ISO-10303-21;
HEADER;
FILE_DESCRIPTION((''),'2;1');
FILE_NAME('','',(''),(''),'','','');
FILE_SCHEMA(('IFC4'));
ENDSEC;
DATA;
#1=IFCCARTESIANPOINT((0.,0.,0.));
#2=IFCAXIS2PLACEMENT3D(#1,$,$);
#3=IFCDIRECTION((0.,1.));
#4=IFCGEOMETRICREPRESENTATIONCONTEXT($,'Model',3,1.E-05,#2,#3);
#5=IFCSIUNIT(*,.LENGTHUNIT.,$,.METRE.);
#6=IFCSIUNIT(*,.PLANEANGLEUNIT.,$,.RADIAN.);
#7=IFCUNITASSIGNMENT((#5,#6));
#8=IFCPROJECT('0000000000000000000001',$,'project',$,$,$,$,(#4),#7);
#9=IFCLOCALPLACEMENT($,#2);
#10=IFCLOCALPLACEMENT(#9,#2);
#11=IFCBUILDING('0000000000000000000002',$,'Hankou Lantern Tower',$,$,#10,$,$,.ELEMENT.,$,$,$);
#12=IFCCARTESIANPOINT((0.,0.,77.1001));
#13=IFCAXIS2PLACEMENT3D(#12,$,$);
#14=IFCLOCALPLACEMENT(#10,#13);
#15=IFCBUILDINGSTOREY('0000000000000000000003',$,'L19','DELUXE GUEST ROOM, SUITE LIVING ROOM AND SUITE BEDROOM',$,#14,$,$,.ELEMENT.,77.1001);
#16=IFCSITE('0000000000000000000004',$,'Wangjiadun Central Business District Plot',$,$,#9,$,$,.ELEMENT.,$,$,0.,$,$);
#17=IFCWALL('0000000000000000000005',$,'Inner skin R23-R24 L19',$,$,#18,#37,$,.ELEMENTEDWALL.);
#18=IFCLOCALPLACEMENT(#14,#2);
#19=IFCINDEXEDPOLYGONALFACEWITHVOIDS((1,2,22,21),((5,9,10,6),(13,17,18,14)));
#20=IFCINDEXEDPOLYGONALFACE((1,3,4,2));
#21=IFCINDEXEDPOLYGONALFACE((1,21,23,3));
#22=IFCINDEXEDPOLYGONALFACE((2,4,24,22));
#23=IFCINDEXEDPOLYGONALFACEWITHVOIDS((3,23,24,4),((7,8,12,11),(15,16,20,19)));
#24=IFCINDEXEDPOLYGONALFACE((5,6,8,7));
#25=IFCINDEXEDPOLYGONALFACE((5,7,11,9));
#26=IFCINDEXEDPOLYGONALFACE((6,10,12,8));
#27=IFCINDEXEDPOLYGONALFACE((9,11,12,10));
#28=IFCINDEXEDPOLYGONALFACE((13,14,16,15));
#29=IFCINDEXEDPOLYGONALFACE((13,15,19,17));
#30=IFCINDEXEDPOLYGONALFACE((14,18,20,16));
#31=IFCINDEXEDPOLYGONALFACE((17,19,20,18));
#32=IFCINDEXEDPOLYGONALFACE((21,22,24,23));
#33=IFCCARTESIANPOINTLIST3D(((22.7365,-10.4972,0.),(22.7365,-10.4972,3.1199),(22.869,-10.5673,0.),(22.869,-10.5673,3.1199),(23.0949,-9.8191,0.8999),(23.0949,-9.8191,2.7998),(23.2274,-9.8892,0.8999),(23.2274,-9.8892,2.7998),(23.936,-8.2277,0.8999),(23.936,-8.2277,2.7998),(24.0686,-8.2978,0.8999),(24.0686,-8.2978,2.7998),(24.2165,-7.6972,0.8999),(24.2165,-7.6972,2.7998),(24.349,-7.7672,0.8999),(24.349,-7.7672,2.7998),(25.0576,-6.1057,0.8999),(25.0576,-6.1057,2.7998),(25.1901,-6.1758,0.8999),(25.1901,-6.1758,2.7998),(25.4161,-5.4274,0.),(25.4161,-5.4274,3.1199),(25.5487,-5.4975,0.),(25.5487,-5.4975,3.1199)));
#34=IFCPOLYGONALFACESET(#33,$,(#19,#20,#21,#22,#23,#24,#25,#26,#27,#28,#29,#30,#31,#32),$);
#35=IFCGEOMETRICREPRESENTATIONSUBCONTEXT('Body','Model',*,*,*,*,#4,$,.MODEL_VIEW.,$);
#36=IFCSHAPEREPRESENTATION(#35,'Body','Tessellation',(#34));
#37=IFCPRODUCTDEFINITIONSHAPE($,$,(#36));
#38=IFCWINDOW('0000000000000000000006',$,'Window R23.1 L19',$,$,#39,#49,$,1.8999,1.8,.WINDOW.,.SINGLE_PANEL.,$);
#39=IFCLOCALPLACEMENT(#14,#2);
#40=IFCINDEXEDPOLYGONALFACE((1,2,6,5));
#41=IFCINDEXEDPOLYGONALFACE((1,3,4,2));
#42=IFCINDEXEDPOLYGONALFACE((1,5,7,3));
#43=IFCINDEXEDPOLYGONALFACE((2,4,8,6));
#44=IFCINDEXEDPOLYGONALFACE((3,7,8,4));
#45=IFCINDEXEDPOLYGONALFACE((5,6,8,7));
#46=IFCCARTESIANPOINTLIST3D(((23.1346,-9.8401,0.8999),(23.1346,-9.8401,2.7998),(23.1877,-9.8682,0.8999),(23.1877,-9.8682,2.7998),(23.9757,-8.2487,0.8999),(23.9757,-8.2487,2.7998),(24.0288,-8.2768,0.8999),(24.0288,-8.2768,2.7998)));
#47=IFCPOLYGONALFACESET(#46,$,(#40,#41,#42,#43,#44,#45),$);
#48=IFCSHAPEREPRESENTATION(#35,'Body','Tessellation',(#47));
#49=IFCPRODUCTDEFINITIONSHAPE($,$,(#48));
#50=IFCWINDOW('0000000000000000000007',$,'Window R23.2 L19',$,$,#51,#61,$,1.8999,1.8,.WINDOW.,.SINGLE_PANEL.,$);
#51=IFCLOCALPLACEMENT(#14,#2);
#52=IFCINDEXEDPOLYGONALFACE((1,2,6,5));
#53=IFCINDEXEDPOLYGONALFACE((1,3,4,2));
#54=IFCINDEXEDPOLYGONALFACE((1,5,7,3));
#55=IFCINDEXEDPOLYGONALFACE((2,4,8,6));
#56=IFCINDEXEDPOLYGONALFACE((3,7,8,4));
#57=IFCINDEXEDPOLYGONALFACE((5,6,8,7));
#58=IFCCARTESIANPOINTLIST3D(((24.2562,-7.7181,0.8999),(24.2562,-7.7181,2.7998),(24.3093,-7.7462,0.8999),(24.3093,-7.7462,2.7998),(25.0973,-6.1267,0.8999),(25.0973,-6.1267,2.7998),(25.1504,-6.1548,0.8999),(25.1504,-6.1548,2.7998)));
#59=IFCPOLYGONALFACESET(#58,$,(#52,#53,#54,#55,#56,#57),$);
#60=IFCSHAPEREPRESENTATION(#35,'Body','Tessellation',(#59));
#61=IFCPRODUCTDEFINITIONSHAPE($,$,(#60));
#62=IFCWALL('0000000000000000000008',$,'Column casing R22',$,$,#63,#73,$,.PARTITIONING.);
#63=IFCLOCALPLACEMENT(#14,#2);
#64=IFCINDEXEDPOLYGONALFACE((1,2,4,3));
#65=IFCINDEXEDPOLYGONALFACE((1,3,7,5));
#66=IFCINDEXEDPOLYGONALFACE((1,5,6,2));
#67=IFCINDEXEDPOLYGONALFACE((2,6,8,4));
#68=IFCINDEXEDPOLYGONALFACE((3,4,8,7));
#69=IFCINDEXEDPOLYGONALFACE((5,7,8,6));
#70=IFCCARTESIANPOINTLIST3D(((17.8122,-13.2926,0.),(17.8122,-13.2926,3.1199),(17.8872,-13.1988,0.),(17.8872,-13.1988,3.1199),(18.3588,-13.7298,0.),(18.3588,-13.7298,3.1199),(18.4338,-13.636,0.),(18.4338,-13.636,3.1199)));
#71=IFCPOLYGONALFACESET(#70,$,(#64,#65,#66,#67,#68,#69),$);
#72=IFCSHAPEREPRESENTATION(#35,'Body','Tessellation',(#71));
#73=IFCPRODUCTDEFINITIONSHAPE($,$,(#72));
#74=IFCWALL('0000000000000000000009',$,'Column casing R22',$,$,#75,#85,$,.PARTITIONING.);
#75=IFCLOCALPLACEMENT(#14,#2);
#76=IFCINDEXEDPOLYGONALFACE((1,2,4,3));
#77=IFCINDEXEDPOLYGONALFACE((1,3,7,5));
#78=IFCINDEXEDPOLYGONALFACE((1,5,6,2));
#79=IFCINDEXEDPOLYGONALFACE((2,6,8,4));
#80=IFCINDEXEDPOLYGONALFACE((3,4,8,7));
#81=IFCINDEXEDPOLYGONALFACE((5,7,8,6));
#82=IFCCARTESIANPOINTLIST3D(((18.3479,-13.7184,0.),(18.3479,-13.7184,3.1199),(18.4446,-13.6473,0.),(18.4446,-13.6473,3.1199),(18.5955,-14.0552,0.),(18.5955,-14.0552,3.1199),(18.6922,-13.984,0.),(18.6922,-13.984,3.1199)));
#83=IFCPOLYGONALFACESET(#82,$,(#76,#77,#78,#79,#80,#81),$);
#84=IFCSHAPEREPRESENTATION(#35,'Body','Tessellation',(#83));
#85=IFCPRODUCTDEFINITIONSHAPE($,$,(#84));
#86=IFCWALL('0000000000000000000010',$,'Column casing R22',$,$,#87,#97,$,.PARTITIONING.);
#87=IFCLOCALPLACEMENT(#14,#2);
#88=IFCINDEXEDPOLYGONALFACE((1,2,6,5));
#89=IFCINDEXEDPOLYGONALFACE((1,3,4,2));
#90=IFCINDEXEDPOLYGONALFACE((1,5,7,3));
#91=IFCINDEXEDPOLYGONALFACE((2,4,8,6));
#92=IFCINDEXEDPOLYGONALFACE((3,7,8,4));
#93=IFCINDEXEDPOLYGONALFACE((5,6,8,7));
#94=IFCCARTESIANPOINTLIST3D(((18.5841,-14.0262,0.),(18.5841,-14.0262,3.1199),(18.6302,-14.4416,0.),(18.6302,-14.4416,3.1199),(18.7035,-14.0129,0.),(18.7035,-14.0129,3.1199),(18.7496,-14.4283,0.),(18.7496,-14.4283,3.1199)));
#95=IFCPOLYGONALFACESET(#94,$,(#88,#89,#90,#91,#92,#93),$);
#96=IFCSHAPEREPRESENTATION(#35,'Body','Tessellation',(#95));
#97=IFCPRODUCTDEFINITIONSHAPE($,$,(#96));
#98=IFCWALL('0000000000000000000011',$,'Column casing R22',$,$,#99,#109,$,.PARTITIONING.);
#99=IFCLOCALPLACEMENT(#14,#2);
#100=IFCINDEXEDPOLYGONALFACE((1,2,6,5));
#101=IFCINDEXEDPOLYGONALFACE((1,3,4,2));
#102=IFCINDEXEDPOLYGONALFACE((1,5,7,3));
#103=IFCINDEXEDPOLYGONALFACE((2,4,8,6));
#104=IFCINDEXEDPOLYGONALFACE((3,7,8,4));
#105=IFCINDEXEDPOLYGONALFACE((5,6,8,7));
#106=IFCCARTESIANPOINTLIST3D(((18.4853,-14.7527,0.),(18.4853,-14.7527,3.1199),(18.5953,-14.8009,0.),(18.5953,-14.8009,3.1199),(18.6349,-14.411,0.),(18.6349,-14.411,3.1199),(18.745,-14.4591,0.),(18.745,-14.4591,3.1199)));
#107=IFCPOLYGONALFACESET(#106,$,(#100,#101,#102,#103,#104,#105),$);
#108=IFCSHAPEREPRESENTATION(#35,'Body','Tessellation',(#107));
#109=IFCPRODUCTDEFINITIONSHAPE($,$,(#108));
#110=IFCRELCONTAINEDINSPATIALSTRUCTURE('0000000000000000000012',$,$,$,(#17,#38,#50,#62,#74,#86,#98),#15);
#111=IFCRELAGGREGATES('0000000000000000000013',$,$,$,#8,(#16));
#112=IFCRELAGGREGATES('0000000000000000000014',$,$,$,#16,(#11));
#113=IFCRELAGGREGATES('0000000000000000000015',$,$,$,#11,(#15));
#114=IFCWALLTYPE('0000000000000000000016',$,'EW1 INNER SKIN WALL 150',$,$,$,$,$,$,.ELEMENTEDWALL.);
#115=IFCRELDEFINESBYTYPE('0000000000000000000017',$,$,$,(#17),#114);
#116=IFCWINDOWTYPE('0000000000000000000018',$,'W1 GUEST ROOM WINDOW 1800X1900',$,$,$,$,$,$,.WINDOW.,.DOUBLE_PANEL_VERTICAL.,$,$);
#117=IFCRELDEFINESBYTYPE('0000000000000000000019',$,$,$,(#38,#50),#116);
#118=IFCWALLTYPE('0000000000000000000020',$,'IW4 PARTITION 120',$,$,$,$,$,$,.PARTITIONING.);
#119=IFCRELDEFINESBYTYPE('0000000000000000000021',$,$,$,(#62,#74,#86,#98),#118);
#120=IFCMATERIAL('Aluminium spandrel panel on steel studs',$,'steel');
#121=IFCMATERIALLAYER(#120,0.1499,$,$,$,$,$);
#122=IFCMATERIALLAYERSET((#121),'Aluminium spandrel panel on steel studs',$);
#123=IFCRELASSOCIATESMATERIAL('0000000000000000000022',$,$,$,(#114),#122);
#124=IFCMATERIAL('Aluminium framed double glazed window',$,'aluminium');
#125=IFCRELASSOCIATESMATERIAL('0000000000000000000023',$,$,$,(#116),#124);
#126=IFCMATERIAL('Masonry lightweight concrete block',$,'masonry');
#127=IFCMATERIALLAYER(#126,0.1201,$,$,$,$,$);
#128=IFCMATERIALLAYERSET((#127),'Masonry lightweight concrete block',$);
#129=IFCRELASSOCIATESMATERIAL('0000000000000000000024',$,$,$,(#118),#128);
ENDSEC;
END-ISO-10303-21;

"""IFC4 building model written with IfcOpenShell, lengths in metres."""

from ifc_helpers import new_model, si_unit, direction, frame, frame_2d, origin, place, context, subcontext, project, spatial, rectangle, extrude, material, layer, layer_set, type_object, element, fill, save


model = new_model("IFC4")

# Units and contexts
model_context = context("Model", 3, precision=1e-05, world=origin(), true_north=direction((0.0, 1.0)))
body_context = subcontext(model_context, "Body", "Model", "MODEL_VIEW")
ifc_project = project(units=[si_unit("LENGTHUNIT", "METRE"), si_unit("PLANEANGLEUNIT", "RADIAN")], contexts=[model_context])

# Site, building, storey
site_placement = place(None, origin())
site = spatial("IfcSite", under=ifc_project, at=site_placement, Name="Wangjiadun Central Business District Plot", CompositionType="ELEMENT", RefElevation=0.0)
building_placement = place(site_placement, origin())
building = spatial("IfcBuilding", under=site, at=building_placement, Name="Hankou Lantern Tower", CompositionType="ELEMENT")
storey_placement = place(building_placement, frame((0.0, 0.0, 77.1001)))
storey = spatial("IfcBuildingStorey", under=building, at=storey_placement, Name="L19", Description="DELUXE GUEST ROOM, SUITE LIVING ROOM AND SUITE BEDROOM", CompositionType="ELEMENT", Elevation=77.1001)

# Wall, openings, windows
ifc_material_1 = material(Name="Aluminium spandrel panel on steel studs", Category="steel")
ifc_layer_1 = layer(ifc_material_1, 0.1499)
ifc_layer_set_1 = layer_set([ifc_layer_1], Name="Aluminium spandrel panel on steel studs")
wall_type_1 = type_object("IfcWallType", Name="EW1 INNER SKIN WALL 150", PredefinedType="ELEMENTEDWALL", material=ifc_layer_set_1)
ifc_material_2 = material(Name="Aluminium framed double glazed window", Category="aluminium")
window_type = type_object("IfcWindowType", Name="W1 GUEST ROOM WINDOW 1800X1900", PartitioningType="DOUBLE_PANEL_VERTICAL", PredefinedType="WINDOW", material=ifc_material_2)
wall_1_placement = place(storey_placement, frame((22.8027, -10.5322, 0.0), z_axis=(0.0, 0.0, 1.0), x_axis=(0.467297, 0.8841, 0.0)))
wall_1 = element("IfcWall", 1, at=wall_1_placement, inside=storey, type_object=wall_type_1, Name="Inner skin R23-R24 L19", PredefinedType="ELEMENTEDWALL", context=body_context, shape_type="SweptSolid", body=[
    extrude(rectangle(XDim=5.7344, YDim=0.1499, at=frame_2d((2.8672, 0.0))), origin(), (0.0, 0.0, 1.0), 3.1199),
])
opening_1_placement = place(wall_1_placement, frame((0.7671, 0.0, 0.8999)))
opening_1 = element("IfcOpeningElement", 2, at=opening_1_placement, cuts=wall_1, PredefinedType="OPENING", context=body_context, shape_type="SweptSolid", body=[
    extrude(rectangle(XDim=1.8, YDim=1.8999, at=frame_2d((0.8999, 0.95))), frame((0.0, 0.085, 0.0), z_axis=(0.0, -1.0, 0.0), x_axis=(1.0, 0.0, 0.0)), (0.0, 0.0, 1.0), 0.1699),
])
opening_2_placement = place(wall_1_placement, frame((3.1672, 0.0, 0.8999)))
opening_2 = element("IfcOpeningElement", 3, at=opening_2_placement, cuts=wall_1, PredefinedType="OPENING", context=body_context, shape_type="SweptSolid", body=[
    extrude(rectangle(XDim=1.8, YDim=1.8999, at=frame_2d((0.8999, 0.95))), frame((0.0, 0.085, 0.0), z_axis=(0.0, -1.0, 0.0), x_axis=(1.0, 0.0, 0.0)), (0.0, 0.0, 1.0), 0.1699),
])
window_1_placement = place(opening_1_placement, origin())
window_1 = element("IfcWindow", 4, at=window_1_placement, inside=storey, type_object=window_type, Name="Window R23.1 L19", OverallHeight=1.8999, OverallWidth=1.8, PartitioningType="SINGLE_PANEL", PredefinedType="WINDOW", context=body_context, shape_type="SweptSolid", body=[
    extrude(rectangle(XDim=1.8, YDim=1.8999, at=frame_2d((0.8999, 0.95))), frame((0.0, 0.03, 0.0), z_axis=(0.0, -1.0, 0.0), x_axis=(1.0, 0.0, 0.0)), (0.0, 0.0, 1.0), 0.0601),
])
fill(opening_1, window_1)
window_2_placement = place(opening_2_placement, origin())
window_2 = element("IfcWindow", 5, at=window_2_placement, inside=storey, type_object=window_type, Name="Window R23.2 L19", OverallHeight=1.8999, OverallWidth=1.8, PartitioningType="SINGLE_PANEL", PredefinedType="WINDOW", context=body_context, shape_type="SweptSolid", body=[
    extrude(rectangle(XDim=1.8, YDim=1.8999, at=frame_2d((0.8999, 0.95))), frame((0.0, 0.03, 0.0), z_axis=(0.0, -1.0, 0.0), x_axis=(1.0, 0.0, 0.0)), (0.0, 0.0, 1.0), 0.0601),
])
fill(opening_2, window_2)

# Walls
ifc_material_3 = material(Name="Masonry lightweight concrete block", Category="masonry")
ifc_layer_2 = layer(ifc_material_3, 0.1201)
ifc_layer_set_2 = layer_set([ifc_layer_2], Name="Masonry lightweight concrete block")
wall_type_2 = type_object("IfcWallType", Name="IW4 PARTITION 120", PredefinedType="PARTITIONING", material=ifc_layer_set_2)
wall_2_placement = place(storey_placement, frame((17.8496, -13.2456, 0.0), z_axis=(0.0, 0.0, 1.0), x_axis=(0.780903, -0.624653, 0.0)))
element("IfcWall", 6, at=wall_2_placement, inside=storey, type_object=wall_type_2, Name="Column casing R22", PredefinedType="PARTITIONING", context=body_context, shape_type="SweptSolid", body=[
    extrude(rectangle(XDim=0.7, YDim=0.1201, at=frame_2d((0.3501, 0.0))), origin(), (0.0, 0.0, 1.0), 3.1199),
])
for number, where, z_axis, x_axis, name in (
    (7, (18.3962, -13.6829, 0.0), (0.0, 0.0, 1.0), (0.592402, -0.805643, 0.0), "Column casing R22"),
    (8, (18.6438, -14.0195, 0.0), (0.0, 0.0, 1.0), (0.110367, -0.993891, 0.0), "Column casing R22"),
):
    element("IfcWall", number, at=place(storey_placement, frame(where, z_axis=z_axis, x_axis=x_axis)), inside=storey, type_object=wall_type_2, Name=name, PredefinedType="PARTITIONING", context=body_context, shape_type="SweptSolid", body=[
        extrude(rectangle(XDim=0.418, YDim=0.1201, at=frame_2d((0.209, 0.0))), origin(), (0.0, 0.0, 1.0), 3.1199),
    ])
wall_3_placement = place(storey_placement, frame((18.6899, -14.4351, 0.0), z_axis=(0.0, 0.0, 1.0), x_axis=(-0.401093, -0.916037, 0.0)))
element("IfcWall", 9, at=wall_3_placement, inside=storey, type_object=wall_type_2, Name="Column casing R22", PredefinedType="PARTITIONING", context=body_context, shape_type="SweptSolid", body=[
    extrude(rectangle(XDim=0.373, YDim=0.1201, at=frame_2d((0.1865, 0.0))), origin(), (0.0, 0.0, 1.0), 3.1199),
])

save(model, "model.ifc")
